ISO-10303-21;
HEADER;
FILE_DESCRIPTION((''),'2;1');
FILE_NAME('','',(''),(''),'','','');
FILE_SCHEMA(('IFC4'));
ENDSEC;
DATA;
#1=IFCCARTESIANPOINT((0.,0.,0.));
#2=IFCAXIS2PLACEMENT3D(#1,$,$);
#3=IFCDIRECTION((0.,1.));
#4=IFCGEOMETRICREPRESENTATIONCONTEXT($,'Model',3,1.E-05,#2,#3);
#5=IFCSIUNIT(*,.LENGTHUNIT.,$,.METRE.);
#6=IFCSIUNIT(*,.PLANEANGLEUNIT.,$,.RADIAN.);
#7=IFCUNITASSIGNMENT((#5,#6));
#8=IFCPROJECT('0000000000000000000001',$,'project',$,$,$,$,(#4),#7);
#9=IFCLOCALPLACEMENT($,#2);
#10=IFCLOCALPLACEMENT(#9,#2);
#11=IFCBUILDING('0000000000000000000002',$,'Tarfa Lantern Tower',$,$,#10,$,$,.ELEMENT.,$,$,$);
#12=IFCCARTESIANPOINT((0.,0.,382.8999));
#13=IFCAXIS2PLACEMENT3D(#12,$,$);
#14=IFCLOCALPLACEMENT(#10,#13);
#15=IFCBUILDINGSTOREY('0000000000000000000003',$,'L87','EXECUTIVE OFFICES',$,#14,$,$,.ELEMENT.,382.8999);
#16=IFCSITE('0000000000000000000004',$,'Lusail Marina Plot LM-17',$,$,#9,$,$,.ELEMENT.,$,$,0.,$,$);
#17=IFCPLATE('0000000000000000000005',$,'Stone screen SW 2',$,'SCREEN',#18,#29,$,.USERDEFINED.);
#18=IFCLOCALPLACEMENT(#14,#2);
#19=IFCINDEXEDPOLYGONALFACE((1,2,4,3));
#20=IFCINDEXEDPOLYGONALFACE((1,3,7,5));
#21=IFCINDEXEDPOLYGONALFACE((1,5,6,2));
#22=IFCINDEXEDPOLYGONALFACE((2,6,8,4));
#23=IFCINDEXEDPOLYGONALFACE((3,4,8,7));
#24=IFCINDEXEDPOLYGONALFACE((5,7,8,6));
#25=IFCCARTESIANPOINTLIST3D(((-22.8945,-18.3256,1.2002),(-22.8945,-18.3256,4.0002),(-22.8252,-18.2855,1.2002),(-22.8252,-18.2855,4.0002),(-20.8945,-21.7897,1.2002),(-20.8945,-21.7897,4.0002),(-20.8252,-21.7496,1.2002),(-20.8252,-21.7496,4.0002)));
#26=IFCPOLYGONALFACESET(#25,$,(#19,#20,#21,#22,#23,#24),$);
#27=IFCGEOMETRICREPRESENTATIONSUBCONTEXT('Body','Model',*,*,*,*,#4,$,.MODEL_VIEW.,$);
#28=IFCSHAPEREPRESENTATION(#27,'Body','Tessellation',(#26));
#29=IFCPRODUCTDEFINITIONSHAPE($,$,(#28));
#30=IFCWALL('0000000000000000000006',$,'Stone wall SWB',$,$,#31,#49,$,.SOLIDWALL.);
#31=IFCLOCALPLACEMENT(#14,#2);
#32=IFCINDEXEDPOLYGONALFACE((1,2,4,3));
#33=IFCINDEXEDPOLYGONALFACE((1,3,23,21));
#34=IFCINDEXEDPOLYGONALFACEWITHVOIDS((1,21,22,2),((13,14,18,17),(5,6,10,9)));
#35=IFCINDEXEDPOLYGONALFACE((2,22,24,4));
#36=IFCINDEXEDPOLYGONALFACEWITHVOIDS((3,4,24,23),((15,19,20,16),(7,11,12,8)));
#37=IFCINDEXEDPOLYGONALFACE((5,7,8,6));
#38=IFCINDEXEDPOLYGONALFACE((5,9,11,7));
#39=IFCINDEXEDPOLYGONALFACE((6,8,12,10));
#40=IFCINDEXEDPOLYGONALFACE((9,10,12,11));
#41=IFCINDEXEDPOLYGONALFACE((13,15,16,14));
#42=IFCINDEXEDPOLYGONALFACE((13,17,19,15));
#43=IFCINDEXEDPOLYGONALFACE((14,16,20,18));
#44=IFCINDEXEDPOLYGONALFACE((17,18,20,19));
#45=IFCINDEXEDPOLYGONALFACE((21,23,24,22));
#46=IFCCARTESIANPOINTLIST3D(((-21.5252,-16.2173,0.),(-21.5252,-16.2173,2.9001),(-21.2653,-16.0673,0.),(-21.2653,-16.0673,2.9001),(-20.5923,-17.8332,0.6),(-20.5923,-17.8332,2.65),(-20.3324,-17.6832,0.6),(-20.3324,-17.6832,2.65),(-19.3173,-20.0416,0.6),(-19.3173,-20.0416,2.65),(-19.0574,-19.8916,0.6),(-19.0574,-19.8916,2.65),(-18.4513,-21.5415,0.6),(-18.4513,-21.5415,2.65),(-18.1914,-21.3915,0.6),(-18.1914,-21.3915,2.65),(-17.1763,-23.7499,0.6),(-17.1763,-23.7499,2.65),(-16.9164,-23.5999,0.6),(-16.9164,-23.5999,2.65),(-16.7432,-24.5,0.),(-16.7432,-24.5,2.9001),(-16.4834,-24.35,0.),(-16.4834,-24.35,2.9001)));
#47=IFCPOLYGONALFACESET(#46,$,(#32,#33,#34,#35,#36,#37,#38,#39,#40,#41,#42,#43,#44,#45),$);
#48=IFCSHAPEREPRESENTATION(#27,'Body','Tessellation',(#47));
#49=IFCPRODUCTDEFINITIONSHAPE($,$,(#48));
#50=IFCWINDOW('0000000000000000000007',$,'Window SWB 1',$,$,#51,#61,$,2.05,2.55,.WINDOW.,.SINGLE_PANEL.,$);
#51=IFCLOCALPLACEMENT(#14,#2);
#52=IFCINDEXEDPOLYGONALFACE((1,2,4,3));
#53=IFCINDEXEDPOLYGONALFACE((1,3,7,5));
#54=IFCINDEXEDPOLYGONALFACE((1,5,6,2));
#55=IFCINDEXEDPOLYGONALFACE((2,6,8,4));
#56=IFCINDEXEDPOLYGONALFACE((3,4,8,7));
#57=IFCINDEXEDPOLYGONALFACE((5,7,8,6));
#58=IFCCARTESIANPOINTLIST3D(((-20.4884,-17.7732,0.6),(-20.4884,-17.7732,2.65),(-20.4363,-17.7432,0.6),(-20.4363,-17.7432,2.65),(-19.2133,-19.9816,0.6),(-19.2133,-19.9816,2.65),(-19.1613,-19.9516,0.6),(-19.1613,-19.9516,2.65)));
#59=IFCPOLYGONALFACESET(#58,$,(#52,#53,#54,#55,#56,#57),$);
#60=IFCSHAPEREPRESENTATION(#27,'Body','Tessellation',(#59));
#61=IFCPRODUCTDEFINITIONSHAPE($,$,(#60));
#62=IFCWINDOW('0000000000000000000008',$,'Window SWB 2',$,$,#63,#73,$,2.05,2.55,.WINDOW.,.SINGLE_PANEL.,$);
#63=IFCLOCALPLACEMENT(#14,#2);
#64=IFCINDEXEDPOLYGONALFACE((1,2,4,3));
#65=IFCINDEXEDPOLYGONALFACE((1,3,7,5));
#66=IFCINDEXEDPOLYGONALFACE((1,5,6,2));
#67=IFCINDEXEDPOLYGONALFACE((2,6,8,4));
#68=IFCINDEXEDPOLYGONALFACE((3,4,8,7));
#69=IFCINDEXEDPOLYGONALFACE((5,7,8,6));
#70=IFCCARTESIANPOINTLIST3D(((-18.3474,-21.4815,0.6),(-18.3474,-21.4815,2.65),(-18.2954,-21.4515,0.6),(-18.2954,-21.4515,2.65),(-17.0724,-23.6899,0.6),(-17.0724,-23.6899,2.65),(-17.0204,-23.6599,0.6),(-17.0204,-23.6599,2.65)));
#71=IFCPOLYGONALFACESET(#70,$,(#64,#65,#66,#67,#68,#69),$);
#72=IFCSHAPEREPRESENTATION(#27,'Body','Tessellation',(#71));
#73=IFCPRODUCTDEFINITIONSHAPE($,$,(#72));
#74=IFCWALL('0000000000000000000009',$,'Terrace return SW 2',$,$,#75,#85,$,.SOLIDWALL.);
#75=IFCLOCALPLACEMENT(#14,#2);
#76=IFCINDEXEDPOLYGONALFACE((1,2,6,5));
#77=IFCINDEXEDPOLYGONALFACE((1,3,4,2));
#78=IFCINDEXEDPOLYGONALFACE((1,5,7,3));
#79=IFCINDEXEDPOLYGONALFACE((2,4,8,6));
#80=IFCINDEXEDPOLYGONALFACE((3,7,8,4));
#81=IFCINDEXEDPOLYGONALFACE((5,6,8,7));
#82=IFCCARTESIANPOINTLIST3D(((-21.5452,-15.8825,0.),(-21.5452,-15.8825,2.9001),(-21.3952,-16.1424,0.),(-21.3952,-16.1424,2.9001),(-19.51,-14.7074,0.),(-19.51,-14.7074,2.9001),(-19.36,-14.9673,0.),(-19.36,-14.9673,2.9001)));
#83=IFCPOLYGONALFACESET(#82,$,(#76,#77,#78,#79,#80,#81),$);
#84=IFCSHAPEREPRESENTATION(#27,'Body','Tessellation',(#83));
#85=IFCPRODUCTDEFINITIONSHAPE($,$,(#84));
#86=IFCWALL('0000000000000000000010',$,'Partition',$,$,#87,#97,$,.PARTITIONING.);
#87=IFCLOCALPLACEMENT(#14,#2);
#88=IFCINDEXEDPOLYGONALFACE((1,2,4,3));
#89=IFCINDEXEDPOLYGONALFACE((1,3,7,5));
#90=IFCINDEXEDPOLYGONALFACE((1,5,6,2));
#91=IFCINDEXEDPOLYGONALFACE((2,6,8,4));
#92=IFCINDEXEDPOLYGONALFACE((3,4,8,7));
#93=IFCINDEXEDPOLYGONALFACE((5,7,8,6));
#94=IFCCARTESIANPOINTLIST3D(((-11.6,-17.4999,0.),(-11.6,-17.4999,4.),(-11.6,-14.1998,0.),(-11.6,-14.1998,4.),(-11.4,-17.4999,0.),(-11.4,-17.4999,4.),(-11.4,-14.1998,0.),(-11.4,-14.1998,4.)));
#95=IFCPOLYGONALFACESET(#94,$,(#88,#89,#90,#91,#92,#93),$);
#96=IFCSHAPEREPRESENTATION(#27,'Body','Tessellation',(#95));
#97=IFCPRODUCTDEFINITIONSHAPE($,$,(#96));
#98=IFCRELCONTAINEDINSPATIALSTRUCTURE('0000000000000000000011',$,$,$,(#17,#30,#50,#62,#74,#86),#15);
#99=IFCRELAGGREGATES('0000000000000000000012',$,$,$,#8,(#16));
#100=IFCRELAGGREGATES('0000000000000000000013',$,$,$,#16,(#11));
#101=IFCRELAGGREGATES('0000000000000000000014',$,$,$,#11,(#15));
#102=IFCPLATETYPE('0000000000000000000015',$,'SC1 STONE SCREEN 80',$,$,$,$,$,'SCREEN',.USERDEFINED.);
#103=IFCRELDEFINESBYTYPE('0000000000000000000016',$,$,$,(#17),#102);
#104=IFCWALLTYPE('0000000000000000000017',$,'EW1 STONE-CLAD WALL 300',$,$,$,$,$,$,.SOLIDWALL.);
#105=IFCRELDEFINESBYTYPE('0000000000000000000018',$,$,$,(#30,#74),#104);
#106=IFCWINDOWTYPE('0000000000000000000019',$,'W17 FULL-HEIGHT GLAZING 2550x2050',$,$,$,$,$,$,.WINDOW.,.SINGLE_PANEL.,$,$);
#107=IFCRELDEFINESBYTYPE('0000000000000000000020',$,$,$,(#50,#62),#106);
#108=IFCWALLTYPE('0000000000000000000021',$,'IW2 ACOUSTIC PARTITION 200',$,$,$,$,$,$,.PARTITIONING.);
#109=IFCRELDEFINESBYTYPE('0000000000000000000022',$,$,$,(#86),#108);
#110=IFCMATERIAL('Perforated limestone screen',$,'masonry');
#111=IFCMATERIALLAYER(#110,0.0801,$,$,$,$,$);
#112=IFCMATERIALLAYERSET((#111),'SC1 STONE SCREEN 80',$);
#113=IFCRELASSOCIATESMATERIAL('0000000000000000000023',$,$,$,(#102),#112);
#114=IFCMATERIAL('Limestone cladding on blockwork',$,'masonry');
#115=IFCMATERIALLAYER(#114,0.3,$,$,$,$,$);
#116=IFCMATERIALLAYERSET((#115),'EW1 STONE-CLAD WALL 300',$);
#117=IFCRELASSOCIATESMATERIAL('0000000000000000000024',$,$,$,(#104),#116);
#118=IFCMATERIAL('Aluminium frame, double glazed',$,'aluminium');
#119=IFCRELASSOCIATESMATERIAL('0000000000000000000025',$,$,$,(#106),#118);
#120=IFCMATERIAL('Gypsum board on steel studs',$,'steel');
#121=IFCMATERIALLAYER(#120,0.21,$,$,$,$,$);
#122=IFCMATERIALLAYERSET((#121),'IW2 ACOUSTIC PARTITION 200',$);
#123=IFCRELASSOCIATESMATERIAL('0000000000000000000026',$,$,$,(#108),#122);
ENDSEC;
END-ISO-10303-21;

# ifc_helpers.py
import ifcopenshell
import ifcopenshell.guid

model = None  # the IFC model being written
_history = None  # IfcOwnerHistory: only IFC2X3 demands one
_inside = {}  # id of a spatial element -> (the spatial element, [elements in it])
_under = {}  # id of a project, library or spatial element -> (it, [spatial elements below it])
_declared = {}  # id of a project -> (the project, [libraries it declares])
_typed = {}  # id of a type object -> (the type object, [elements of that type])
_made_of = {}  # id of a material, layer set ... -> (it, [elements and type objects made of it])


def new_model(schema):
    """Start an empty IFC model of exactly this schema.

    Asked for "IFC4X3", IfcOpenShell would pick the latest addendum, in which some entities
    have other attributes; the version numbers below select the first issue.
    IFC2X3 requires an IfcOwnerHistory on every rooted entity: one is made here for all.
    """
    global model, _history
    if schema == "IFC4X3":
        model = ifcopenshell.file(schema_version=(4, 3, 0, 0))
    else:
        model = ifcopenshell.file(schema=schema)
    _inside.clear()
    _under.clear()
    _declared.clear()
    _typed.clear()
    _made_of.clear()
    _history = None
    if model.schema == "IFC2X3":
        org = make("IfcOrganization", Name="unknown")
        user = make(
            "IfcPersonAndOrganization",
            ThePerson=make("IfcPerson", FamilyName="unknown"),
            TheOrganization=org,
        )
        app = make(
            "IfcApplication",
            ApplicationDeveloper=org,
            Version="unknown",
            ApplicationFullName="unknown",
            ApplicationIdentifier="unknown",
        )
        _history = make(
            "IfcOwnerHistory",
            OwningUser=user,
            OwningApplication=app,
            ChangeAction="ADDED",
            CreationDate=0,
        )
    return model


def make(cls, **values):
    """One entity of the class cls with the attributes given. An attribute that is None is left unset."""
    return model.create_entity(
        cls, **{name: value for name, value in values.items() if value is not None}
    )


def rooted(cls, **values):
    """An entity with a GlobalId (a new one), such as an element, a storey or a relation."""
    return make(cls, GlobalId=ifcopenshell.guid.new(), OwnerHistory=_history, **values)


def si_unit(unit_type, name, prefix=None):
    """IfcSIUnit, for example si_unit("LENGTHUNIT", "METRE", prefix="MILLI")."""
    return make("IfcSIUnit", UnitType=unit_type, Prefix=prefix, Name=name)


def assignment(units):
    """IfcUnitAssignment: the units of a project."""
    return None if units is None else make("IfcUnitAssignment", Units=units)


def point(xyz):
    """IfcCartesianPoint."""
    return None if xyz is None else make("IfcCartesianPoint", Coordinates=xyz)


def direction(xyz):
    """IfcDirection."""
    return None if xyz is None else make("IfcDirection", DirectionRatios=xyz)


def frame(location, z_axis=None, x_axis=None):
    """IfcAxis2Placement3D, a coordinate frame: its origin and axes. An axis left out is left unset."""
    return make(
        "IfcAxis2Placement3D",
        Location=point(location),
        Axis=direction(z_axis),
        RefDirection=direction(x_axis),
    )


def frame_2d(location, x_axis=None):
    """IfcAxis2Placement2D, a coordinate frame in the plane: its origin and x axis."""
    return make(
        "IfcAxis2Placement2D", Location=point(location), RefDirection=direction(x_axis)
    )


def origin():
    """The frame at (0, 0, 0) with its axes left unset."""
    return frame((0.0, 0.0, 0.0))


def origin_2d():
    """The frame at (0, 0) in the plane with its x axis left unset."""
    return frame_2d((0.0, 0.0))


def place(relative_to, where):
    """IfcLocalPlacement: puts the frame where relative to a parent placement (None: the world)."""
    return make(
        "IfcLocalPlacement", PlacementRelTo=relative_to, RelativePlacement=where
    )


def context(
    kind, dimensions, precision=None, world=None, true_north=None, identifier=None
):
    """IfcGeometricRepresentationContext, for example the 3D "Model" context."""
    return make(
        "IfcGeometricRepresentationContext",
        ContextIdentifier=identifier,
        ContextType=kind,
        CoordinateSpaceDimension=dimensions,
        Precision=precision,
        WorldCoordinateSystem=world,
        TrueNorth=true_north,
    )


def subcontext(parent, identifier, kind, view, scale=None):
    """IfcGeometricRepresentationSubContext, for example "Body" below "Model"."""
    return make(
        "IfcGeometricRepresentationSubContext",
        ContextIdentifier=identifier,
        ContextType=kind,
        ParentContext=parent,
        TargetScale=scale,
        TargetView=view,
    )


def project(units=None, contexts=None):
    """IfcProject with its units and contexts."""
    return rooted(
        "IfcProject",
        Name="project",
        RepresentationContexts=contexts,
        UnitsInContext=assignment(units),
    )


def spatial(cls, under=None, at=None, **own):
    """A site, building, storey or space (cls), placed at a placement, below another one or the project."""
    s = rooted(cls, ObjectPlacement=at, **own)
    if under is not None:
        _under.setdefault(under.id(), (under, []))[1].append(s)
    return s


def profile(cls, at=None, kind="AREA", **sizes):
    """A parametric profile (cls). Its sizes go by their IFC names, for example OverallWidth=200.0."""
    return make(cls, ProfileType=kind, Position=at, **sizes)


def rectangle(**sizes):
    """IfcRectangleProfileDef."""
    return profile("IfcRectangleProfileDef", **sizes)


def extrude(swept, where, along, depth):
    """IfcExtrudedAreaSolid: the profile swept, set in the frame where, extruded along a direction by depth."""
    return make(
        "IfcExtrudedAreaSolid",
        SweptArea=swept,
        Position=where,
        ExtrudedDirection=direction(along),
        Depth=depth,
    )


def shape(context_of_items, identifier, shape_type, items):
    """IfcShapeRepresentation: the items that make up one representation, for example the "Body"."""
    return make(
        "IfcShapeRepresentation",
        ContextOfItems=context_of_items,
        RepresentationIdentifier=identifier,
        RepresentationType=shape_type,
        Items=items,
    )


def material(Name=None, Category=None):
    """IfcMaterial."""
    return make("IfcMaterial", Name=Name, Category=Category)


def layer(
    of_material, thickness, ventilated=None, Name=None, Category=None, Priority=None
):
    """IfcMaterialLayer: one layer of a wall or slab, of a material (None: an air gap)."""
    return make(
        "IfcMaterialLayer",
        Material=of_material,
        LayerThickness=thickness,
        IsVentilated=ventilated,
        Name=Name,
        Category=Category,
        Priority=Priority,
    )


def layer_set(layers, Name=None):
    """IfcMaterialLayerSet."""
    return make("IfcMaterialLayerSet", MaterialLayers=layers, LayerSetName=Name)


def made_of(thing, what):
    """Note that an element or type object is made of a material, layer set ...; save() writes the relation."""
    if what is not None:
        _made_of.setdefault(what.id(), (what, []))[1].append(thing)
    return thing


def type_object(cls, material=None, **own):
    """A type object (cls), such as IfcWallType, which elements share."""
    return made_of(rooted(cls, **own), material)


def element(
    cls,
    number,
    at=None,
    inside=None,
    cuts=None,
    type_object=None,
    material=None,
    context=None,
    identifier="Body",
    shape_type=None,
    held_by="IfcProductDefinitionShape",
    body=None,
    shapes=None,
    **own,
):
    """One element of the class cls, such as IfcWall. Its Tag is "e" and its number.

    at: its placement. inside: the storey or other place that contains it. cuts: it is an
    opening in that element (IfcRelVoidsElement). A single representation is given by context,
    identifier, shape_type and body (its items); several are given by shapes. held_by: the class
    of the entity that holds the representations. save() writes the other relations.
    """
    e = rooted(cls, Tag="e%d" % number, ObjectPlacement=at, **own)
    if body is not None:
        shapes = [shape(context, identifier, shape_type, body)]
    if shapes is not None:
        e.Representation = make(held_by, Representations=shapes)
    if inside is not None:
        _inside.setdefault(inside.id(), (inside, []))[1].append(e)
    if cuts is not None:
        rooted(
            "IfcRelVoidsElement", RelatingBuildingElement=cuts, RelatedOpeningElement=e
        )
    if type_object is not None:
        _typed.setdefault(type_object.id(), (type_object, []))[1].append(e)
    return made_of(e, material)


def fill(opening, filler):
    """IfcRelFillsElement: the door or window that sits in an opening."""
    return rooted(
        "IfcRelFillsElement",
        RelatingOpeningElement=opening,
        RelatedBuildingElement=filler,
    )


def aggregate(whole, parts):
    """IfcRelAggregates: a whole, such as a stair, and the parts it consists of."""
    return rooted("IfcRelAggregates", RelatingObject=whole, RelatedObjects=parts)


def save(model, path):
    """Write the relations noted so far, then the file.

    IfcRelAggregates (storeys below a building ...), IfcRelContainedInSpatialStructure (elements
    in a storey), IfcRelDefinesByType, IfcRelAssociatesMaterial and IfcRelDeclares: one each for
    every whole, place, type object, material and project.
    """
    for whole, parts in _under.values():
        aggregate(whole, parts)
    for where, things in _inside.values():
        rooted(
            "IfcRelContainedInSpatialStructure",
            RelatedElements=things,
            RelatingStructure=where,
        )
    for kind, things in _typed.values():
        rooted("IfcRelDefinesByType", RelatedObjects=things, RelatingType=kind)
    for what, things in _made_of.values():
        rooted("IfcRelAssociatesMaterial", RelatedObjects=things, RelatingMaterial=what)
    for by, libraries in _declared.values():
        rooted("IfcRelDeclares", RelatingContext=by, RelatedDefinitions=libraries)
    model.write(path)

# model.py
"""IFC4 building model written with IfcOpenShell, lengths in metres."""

from ifc_helpers import new_model, si_unit, direction, frame, frame_2d, origin, origin_2d, place, context, subcontext, project, spatial, rectangle, extrude, material, layer, layer_set, type_object, element, fill, save


model = new_model("IFC4")

# Units and contexts
model_context = context("Model", 3, precision=1e-05, world=origin(), true_north=direction((0.0, 1.0)))
body_context = subcontext(model_context, "Body", "Model", "MODEL_VIEW")
ifc_project = project(units=[si_unit("LENGTHUNIT", "METRE"), si_unit("PLANEANGLEUNIT", "RADIAN")], contexts=[model_context])

# Site, building, storey
site_placement = place(None, origin())
site = spatial("IfcSite", under=ifc_project, at=site_placement, Name="Lusail Marina Plot LM-17", CompositionType="ELEMENT", RefElevation=0.0)
building_placement = place(site_placement, origin())
building = spatial("IfcBuilding", under=site, at=building_placement, Name="Tarfa Lantern Tower", CompositionType="ELEMENT")
storey_placement = place(building_placement, frame((0.0, 0.0, 382.8999)))
storey = spatial("IfcBuildingStorey", under=building, at=storey_placement, Name="L87", Description="EXECUTIVE OFFICES", CompositionType="ELEMENT", Elevation=382.8999)

# Plate
ifc_material_1 = material(Name="Perforated limestone screen", Category="masonry")
ifc_layer_1 = layer(ifc_material_1, 0.0801)
ifc_layer_set_1 = layer_set([ifc_layer_1], Name="SC1 STONE SCREEN 80")
plate_type_1 = type_object("IfcPlateType", Name="SC1 STONE SCREEN 80", ElementType="SCREEN", PredefinedType="USERDEFINED", material=ifc_layer_set_1)
plate_1_placement = place(storey_placement, frame((-21.8599, -20.0376, 1.2002), z_axis=(0.0, 0.0, 1.0), x_axis=(0.5, -0.866025, 0.0)))
element("IfcPlate", 1, at=plate_1_placement, inside=storey, type_object=plate_type_1, Name="Stone screen SW 2", ObjectType="SCREEN", PredefinedType="USERDEFINED", context=body_context, shape_type="SweptSolid", body=[
    extrude(rectangle(XDim=4.0, YDim=0.0801, at=origin_2d()), origin(), (0.0, 0.0, 1.0), 2.8),
])

# Wall, openings, windows
ifc_material_2 = material(Name="Limestone cladding on blockwork", Category="masonry")
ifc_layer_2 = layer(ifc_material_2, 0.3)
ifc_layer_set_2 = layer_set([ifc_layer_2], Name="EW1 STONE-CLAD WALL 300")
wall_type_1 = type_object("IfcWallType", Name="EW1 STONE-CLAD WALL 300", PredefinedType="SOLIDWALL", material=ifc_layer_set_2)
wall_1_placement = place(storey_placement, frame((-21.3953, -16.1423, 0.0), z_axis=(0.0, 0.0, 1.0), x_axis=(0.499996, -0.866027, 0.0)))
wall_1 = element("IfcWall", 2, at=wall_1_placement, inside=storey, type_object=wall_type_1, Name="Stone wall SWB", PredefinedType="SOLIDWALL", context=body_context, shape_type="SweptSolid", body=[
    extrude(rectangle(XDim=9.564, YDim=0.3, at=frame_2d((4.782, 0.0))), origin(), (0.0, 0.0, 1.0), 2.9001),
])
opening_1_placement = place(wall_1_placement, frame((1.866, 0.0, 0.6001)))
opening_1 = element("IfcOpeningElement", 3, at=opening_1_placement, cuts=wall_1, PredefinedType="OPENING", context=body_context, shape_type="SweptSolid", body=[
    extrude(rectangle(XDim=2.55, YDim=2.05, at=frame_2d((1.2749, 1.0249))), frame((0.0, 0.1599, 0.0), z_axis=(0.0, -1.0, 0.0), x_axis=(1.0, 0.0, 0.0)), (0.0, 0.0, 1.0), 0.3201),
])
opening_2_placement = place(wall_1_placement, frame((6.1479, 0.0, 0.6001)))
opening_2 = element("IfcOpeningElement", 4, at=opening_2_placement, cuts=wall_1, PredefinedType="OPENING", context=body_context, shape_type="SweptSolid", body=[
    extrude(rectangle(XDim=2.55, YDim=2.05, at=frame_2d((1.2749, 1.0249))), frame((0.0, 0.1599, 0.0), z_axis=(0.0, -1.0, 0.0), x_axis=(1.0, 0.0, 0.0)), (0.0, 0.0, 1.0), 0.3201),
])
ifc_material_3 = material(Name="Aluminium frame, double glazed", Category="aluminium")
window_type = type_object("IfcWindowType", Name="W17 FULL-HEIGHT GLAZING 2550x2050", PartitioningType="SINGLE_PANEL", PredefinedType="WINDOW", material=ifc_material_3)
window_1_placement = place(opening_1_placement, origin())
window_1 = element("IfcWindow", 5, at=window_1_placement, inside=storey, type_object=window_type, Name="Window SWB 1", OverallHeight=2.05, OverallWidth=2.55, PartitioningType="SINGLE_PANEL", PredefinedType="WINDOW", context=body_context, shape_type="SweptSolid", body=[
    extrude(rectangle(XDim=2.55, YDim=2.05, at=frame_2d((1.2749, 1.0249))), frame((0.0, 0.03, 0.0), z_axis=(0.0, -1.0, 0.0), x_axis=(1.0, 0.0, 0.0)), (0.0, 0.0, 1.0), 0.0601),
])
fill(opening_1, window_1)
window_2_placement = place(opening_2_placement, origin())
window_2 = element("IfcWindow", 6, at=window_2_placement, inside=storey, type_object=window_type, Name="Window SWB 2", OverallHeight=2.05, OverallWidth=2.55, PartitioningType="SINGLE_PANEL", PredefinedType="WINDOW", context=body_context, shape_type="SweptSolid", body=[
    extrude(rectangle(XDim=2.55, YDim=2.05, at=frame_2d((1.2749, 1.0249))), frame((0.0, 0.03, 0.0), z_axis=(0.0, -1.0, 0.0), x_axis=(1.0, 0.0, 0.0)), (0.0, 0.0, 1.0), 0.0601),
])
fill(opening_2, window_2)

# Walls
wall_2_placement = place(storey_placement, frame((-21.4702, -16.0125, 0.0), z_axis=(0.0, 0.0, 1.0), x_axis=(0.866016, 0.500016, 0.0)))
element("IfcWall", 7, at=wall_2_placement, inside=storey, type_object=wall_type_1, Name="Terrace return SW 2", PredefinedType="SOLIDWALL", context=body_context, shape_type="SweptSolid", body=[
    extrude(rectangle(XDim=2.3501, YDim=0.3, at=frame_2d((1.175, 0.0))), origin(), (0.0, 0.0, 1.0), 2.9001),
])
ifc_material_4 = material(Name="Gypsum board on steel studs", Category="steel")
ifc_layer_3 = layer(ifc_material_4, 0.21)
ifc_layer_set_3 = layer_set([ifc_layer_3], Name="IW2 ACOUSTIC PARTITION 200")
wall_type_2 = type_object("IfcWallType", Name="IW2 ACOUSTIC PARTITION 200", PredefinedType="PARTITIONING", material=ifc_layer_set_3)
wall_3_placement = place(storey_placement, frame((-11.5, -14.2, 0.0), z_axis=(0.0, 0.0, 1.0), x_axis=(0.0, -1.0, 0.0)))
element("IfcWall", 8, at=wall_3_placement, inside=storey, type_object=wall_type_2, Name="Partition", PredefinedType="PARTITIONING", context=body_context, shape_type="SweptSolid", body=[
    extrude(rectangle(XDim=3.3, YDim=0.2, at=frame_2d((1.6499, 0.0))), origin(), (0.0, 0.0, 1.0), 4.0),
])

save(model, "model.ifc")
